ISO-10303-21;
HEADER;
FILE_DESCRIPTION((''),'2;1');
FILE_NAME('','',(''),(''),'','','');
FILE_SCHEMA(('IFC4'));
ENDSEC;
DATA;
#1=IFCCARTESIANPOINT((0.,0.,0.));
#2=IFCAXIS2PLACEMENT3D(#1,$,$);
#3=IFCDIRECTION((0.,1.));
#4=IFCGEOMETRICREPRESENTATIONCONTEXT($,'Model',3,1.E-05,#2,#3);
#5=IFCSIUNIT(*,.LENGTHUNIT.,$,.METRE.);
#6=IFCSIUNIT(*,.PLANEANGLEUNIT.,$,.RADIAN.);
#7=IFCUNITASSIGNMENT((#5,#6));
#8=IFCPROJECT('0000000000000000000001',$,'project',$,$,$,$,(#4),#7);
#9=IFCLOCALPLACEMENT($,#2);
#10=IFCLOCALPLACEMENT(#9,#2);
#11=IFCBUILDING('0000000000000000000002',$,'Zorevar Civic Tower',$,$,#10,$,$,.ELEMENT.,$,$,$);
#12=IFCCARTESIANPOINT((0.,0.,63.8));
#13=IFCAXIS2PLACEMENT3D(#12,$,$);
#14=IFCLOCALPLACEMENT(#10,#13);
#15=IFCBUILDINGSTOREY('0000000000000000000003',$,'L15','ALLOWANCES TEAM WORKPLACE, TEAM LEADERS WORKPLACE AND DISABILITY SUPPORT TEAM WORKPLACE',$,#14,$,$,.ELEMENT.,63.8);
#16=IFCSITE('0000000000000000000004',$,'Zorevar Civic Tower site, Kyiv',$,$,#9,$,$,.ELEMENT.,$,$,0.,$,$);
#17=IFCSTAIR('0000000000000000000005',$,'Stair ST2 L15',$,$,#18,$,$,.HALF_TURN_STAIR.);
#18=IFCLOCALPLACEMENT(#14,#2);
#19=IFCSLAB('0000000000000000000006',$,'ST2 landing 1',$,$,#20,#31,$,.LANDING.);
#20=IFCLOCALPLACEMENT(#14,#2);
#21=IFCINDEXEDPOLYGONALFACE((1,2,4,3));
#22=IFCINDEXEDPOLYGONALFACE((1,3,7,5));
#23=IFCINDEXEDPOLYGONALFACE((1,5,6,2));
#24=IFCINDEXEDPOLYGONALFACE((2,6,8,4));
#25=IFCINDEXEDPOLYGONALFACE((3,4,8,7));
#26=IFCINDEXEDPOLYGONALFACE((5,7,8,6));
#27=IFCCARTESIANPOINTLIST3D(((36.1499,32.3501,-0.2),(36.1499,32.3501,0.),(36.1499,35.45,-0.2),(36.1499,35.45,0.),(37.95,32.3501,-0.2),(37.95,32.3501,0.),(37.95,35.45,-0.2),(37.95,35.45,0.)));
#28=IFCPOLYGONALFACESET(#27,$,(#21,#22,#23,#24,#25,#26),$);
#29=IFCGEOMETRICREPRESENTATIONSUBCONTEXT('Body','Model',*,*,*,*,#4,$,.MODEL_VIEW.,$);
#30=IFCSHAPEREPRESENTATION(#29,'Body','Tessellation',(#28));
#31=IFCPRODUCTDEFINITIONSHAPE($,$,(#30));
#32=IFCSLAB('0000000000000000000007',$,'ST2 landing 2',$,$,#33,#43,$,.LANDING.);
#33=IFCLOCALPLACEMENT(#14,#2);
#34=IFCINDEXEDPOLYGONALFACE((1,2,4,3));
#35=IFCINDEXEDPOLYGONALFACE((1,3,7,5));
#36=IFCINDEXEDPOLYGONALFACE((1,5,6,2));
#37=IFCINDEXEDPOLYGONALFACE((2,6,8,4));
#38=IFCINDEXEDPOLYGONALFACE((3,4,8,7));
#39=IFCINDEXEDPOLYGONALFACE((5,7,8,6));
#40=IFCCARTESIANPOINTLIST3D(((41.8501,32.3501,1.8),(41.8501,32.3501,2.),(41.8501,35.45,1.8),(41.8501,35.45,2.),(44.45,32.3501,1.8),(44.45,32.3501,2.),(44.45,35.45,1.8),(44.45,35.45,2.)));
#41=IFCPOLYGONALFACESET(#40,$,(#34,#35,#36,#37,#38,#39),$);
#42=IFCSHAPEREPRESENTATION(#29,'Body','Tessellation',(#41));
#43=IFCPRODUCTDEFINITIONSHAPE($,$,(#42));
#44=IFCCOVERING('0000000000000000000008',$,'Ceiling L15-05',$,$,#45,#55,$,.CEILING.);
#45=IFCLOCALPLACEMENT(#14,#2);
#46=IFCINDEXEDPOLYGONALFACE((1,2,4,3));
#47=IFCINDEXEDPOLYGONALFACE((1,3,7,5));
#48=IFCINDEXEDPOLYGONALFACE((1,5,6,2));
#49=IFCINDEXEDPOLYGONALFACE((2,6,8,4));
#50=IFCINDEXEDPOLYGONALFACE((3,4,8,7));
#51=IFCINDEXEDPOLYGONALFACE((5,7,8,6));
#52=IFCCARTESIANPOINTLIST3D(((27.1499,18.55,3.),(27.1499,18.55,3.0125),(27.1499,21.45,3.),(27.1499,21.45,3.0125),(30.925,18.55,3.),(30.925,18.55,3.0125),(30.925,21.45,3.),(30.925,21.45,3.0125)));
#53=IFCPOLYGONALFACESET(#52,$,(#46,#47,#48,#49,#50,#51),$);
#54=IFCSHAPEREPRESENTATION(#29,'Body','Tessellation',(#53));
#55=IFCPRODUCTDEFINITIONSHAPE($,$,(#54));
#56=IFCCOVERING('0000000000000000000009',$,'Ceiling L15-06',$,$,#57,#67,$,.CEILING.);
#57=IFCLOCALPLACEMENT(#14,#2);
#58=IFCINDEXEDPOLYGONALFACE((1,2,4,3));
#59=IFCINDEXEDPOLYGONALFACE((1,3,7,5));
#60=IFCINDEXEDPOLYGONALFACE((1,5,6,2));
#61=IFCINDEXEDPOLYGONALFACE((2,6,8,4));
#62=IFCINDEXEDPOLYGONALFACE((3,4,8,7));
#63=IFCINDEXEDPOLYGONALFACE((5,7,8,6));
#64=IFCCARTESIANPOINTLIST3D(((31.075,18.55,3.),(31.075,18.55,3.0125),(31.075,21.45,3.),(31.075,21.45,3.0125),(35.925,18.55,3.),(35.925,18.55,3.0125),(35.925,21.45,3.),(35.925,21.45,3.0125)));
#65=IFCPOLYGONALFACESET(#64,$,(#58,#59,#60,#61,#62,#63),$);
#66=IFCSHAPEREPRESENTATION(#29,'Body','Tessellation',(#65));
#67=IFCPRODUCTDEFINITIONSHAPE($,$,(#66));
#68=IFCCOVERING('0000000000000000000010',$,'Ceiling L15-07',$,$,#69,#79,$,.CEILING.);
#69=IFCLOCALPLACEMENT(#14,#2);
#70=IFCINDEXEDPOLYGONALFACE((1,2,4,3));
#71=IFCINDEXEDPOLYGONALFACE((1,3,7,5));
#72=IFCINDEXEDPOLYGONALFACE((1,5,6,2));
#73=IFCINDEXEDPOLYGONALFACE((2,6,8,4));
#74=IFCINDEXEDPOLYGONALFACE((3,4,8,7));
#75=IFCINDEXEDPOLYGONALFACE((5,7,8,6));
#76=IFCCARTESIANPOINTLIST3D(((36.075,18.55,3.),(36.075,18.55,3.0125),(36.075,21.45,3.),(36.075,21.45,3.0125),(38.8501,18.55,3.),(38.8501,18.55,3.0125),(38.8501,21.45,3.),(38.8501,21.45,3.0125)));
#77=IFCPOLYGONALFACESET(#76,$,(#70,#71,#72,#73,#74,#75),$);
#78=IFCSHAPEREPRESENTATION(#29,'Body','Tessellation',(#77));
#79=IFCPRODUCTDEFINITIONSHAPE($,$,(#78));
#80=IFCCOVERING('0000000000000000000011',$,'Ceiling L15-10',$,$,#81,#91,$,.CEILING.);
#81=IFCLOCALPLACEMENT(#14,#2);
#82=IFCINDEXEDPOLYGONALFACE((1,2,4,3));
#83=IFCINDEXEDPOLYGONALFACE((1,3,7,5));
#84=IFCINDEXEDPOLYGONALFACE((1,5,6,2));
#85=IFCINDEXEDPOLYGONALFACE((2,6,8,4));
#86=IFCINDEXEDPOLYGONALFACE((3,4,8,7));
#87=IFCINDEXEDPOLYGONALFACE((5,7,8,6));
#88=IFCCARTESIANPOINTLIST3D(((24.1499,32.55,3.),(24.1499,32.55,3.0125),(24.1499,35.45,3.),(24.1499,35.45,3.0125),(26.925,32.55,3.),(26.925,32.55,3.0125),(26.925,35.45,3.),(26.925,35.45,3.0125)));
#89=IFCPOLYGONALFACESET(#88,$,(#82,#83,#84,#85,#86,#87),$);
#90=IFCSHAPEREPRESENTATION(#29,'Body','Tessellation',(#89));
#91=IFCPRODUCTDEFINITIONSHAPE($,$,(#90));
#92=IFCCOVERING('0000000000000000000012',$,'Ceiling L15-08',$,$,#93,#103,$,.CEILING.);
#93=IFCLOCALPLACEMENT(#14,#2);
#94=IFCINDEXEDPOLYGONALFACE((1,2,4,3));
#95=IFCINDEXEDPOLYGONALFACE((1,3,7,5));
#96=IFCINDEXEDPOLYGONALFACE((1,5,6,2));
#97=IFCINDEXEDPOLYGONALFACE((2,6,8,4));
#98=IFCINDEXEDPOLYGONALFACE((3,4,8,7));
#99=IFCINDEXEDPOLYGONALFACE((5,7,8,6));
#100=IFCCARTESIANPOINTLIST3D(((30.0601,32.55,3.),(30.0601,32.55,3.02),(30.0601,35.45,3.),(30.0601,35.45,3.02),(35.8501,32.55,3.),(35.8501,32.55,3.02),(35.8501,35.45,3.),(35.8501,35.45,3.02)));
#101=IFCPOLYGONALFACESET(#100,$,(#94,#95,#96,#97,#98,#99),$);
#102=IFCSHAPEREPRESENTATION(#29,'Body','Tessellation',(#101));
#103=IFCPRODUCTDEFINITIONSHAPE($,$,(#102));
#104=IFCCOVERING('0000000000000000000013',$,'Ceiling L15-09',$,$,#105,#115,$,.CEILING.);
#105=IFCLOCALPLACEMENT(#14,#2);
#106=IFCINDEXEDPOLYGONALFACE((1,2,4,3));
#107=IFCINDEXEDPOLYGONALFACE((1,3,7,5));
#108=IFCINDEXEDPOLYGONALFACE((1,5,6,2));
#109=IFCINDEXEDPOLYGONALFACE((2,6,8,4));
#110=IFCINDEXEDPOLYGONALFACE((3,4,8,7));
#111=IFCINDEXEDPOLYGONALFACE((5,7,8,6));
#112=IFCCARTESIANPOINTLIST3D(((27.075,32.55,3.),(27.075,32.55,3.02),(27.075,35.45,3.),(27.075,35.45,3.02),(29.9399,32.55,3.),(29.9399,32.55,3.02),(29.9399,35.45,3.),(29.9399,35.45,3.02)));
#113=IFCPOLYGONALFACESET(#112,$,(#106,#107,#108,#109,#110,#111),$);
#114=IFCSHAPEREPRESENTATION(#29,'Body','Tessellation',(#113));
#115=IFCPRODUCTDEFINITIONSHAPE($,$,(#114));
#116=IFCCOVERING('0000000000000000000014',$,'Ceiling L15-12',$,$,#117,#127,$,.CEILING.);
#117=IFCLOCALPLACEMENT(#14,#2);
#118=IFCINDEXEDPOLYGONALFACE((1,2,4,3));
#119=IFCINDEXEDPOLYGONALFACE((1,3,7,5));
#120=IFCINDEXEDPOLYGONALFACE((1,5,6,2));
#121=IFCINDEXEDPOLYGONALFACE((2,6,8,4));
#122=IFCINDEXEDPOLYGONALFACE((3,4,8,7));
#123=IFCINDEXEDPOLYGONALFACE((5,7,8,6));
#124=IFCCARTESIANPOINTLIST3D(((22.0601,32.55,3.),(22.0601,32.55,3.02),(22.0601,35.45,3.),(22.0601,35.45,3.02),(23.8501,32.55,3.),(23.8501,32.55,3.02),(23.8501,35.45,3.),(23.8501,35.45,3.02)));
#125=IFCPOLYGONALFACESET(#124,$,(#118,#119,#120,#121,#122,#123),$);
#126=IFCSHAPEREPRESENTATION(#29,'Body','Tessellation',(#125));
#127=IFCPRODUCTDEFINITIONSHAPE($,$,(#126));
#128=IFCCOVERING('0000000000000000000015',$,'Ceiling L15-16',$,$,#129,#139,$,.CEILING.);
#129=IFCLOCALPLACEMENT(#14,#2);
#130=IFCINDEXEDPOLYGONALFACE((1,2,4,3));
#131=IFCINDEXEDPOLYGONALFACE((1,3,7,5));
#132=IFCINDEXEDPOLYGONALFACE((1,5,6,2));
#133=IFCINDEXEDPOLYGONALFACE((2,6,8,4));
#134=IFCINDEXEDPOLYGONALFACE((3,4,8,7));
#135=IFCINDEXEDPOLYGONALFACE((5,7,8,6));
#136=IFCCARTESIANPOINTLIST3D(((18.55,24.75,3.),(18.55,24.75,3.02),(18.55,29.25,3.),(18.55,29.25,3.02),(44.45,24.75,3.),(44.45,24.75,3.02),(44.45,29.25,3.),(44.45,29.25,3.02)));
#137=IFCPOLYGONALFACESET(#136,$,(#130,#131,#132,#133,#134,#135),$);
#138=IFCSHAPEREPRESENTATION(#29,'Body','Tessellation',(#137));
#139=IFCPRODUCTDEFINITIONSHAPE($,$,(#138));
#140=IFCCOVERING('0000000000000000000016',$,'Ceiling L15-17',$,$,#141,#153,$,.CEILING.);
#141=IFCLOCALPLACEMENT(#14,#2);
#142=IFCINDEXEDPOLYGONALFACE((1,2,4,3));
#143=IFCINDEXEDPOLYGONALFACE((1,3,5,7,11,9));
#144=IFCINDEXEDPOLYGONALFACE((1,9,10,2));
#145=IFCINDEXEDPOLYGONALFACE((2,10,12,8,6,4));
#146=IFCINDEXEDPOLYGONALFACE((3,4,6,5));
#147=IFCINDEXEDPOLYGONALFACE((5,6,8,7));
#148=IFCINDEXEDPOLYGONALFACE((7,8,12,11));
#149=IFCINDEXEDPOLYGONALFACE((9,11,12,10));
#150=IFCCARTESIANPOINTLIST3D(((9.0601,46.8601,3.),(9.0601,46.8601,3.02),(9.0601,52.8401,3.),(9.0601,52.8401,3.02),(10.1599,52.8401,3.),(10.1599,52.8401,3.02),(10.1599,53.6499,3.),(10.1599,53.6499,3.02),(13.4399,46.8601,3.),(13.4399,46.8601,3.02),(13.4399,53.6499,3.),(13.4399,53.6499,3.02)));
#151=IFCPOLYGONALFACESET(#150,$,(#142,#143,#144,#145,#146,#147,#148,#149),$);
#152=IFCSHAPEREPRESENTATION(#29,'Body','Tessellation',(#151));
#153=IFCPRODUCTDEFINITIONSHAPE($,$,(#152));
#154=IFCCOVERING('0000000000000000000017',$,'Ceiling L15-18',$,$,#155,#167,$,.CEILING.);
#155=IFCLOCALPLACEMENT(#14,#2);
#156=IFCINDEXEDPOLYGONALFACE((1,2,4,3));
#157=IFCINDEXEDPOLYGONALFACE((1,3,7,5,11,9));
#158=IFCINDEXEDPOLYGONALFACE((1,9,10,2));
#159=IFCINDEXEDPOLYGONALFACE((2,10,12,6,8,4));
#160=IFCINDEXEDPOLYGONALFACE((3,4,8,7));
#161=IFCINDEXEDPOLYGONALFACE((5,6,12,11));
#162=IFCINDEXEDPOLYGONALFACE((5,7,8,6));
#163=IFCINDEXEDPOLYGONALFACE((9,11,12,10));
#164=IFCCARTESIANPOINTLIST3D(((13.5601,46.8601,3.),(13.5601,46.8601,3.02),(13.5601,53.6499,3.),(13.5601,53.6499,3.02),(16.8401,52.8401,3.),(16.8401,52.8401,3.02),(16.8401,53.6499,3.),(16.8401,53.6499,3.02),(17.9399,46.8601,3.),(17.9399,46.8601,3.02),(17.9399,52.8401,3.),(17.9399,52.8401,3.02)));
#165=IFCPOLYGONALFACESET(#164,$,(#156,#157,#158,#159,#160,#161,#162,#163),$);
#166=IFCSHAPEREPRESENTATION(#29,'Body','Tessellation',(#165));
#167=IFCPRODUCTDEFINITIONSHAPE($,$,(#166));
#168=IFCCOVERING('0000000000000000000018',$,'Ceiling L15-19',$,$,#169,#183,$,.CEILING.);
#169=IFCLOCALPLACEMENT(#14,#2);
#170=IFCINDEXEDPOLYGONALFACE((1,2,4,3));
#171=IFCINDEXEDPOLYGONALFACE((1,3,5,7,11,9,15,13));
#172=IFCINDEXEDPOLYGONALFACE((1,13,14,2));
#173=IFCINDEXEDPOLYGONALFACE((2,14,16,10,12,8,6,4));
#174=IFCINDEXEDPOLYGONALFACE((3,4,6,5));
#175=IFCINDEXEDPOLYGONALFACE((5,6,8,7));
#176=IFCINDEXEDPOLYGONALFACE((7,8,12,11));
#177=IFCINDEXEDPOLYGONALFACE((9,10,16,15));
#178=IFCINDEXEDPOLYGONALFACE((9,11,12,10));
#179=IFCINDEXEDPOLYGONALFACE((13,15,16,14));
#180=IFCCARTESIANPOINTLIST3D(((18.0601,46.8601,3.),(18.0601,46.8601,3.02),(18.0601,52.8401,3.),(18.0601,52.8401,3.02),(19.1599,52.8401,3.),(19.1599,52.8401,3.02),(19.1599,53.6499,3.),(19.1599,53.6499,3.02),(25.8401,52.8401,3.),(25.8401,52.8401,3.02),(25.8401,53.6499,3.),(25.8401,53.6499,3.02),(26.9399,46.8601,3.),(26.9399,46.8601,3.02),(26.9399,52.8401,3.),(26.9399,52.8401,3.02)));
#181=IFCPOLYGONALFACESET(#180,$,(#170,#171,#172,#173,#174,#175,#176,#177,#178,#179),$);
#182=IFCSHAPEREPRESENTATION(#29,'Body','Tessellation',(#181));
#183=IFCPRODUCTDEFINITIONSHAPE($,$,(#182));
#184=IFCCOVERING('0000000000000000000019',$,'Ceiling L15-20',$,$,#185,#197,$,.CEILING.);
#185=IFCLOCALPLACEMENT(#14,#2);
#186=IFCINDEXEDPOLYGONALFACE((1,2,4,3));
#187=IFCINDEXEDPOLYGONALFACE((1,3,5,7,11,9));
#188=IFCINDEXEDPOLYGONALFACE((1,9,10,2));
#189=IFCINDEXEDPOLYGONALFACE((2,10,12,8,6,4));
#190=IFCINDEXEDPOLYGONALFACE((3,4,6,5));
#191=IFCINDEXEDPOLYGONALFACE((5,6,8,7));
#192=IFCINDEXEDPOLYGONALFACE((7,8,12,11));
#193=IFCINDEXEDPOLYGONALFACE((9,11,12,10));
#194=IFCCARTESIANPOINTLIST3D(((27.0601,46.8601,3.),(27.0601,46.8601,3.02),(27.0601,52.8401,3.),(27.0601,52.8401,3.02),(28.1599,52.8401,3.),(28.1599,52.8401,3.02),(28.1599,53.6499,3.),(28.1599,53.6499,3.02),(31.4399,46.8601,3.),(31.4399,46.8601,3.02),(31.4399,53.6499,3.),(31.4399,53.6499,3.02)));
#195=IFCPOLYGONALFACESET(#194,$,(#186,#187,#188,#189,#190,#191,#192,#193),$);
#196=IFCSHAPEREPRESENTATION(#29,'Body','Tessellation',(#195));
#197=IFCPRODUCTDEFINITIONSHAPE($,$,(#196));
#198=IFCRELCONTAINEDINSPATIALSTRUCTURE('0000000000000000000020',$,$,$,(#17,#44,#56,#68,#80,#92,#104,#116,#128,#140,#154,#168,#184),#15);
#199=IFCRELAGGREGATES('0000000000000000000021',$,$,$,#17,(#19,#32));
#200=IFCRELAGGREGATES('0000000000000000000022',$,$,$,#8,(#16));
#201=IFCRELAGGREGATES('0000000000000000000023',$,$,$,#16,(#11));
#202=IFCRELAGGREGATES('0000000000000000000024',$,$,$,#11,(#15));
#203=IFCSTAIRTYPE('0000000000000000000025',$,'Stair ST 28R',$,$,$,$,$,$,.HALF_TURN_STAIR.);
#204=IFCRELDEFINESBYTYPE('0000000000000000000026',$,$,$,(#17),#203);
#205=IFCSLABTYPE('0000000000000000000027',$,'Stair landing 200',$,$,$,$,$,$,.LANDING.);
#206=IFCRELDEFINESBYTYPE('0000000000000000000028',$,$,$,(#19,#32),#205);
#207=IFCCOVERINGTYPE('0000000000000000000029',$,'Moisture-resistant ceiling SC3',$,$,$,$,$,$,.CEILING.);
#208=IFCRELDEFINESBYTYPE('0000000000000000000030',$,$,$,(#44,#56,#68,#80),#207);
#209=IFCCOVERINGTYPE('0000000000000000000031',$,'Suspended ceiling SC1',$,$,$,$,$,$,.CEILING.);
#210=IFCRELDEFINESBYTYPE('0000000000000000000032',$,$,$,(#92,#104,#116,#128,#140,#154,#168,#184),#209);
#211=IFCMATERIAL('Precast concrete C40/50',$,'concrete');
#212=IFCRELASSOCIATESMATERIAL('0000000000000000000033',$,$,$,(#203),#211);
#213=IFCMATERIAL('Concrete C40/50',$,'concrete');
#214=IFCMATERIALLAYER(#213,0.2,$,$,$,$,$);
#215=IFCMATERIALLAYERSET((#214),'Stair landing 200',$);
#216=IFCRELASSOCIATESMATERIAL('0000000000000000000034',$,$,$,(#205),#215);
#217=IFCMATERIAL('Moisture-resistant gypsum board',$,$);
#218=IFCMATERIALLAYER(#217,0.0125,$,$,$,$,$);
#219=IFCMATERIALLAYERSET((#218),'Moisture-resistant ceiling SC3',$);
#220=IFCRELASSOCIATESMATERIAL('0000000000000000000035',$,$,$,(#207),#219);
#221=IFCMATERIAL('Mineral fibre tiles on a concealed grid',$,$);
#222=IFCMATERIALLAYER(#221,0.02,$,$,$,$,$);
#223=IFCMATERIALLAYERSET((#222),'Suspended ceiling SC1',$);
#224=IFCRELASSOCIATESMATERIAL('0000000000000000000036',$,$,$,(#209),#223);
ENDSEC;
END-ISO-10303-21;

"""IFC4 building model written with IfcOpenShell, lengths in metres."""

from ifc_helpers import new_model, si_unit, direction, frame, origin, place, context, subcontext, project, spatial, polyline, outline, extrude, material, layer, layer_set, type_object, element, aggregate, save


model = new_model("IFC4")

# Units and contexts
model_context = context("Model", 3, precision=1e-05, world=origin(), true_north=direction((0.0, 1.0)))
body_context = subcontext(model_context, "Body", "Model", "MODEL_VIEW")
ifc_project = project(units=[si_unit("LENGTHUNIT", "METRE"), si_unit("PLANEANGLEUNIT", "RADIAN")], contexts=[model_context])

# Site, building, storey
site_placement = place(None, origin())
site = spatial("IfcSite", under=ifc_project, at=site_placement, Name="Zorevar Civic Tower site, Kyiv", CompositionType="ELEMENT", RefElevation=0.0)
building_placement = place(site_placement, origin())
building = spatial("IfcBuilding", under=site, at=building_placement, Name="Zorevar Civic Tower", CompositionType="ELEMENT")
storey_placement = place(building_placement, frame((0.0, 0.0, 63.8)))
storey = spatial("IfcBuildingStorey", under=building, at=storey_placement, Name="L15", Description="ALLOWANCES TEAM WORKPLACE, TEAM LEADERS WORKPLACE AND DISABILITY SUPPORT TEAM WORKPLACE", CompositionType="ELEMENT", Elevation=63.8)

# Stair, slabs
ifc_material_1 = material(Name="Precast concrete C40/50", Category="concrete")
stair_type = type_object("IfcStairType", Name="Stair ST 28R", PredefinedType="HALF_TURN_STAIR", material=ifc_material_1)
ifc_material_2 = material(Name="Concrete C40/50", Category="concrete")
ifc_layer_1 = layer(ifc_material_2, 0.2)
ifc_layer_set_1 = layer_set([ifc_layer_1], Name="Stair landing 200")
slab_type_1 = type_object("IfcSlabType", Name="Stair landing 200", PredefinedType="LANDING", material=ifc_layer_set_1)
stair_1_placement = place(storey_placement, origin())
stair_1 = element("IfcStair", 1, at=stair_1_placement, inside=storey, type_object=stair_type, Name="Stair ST2 L15", PredefinedType="HALF_TURN_STAIR")
slab_1_placement = place(storey_placement, frame((0.0, 0.0, -0.2)))
slab_1 = element("IfcSlab", 2, at=slab_1_placement, type_object=slab_type_1, Name="ST2 landing 1", PredefinedType="LANDING", context=body_context, shape_type="SweptSolid", body=[
    extrude(outline(polyline([(37.95, 32.3501), (36.1499, 32.3501), (36.1499, 35.45), (37.95, 35.45), (37.95, 32.3501)])), origin(), (0.0, 0.0, 1.0), 0.2),
])
slab_2_placement = place(storey_placement, frame((0.0, 0.0, 1.8)))
slab_2 = element("IfcSlab", 3, at=slab_2_placement, type_object=slab_type_1, Name="ST2 landing 2", PredefinedType="LANDING", context=body_context, shape_type="SweptSolid", body=[
    extrude(outline(polyline([(44.45, 32.3501), (41.8501, 32.3501), (41.8501, 35.45), (44.45, 35.45), (44.45, 32.3501)])), origin(), (0.0, 0.0, 1.0), 0.2),
])
aggregate(stair_1, [slab_1, slab_2])

# Coverings
ifc_material_3 = material(Name="Moisture-resistant gypsum board")
ifc_layer_2 = layer(ifc_material_3, 0.0125)
ifc_layer_set_2 = layer_set([ifc_layer_2], Name="Moisture-resistant ceiling SC3")
covering_type_1 = type_object("IfcCoveringType", Name="Moisture-resistant ceiling SC3", PredefinedType="CEILING", material=ifc_layer_set_2)
covering_1_placement = place(storey_placement, frame((0.0, 0.0, 3.0)))
element("IfcCovering", 4, at=covering_1_placement, inside=storey, type_object=covering_type_1, Name="Ceiling L15-05", PredefinedType="CEILING", context=body_context, shape_type="SweptSolid", body=[
    extrude(outline(polyline([(30.925, 18.55), (30.925, 21.45), (27.1499, 21.45), (27.1499, 18.55), (30.925, 18.55)])), origin(), (0.0, 0.0, 1.0), 0.0125),
])
covering_2_placement = place(storey_placement, frame((0.0, 0.0, 3.0)))
element("IfcCovering", 5, at=covering_2_placement, inside=storey, type_object=covering_type_1, Name="Ceiling L15-06", PredefinedType="CEILING", context=body_context, shape_type="SweptSolid", body=[
    extrude(outline(polyline([(35.925, 18.55), (35.925, 21.45), (31.075, 21.45), (31.075, 18.55), (35.925, 18.55)])), origin(), (0.0, 0.0, 1.0), 0.0125),
])
covering_3_placement = place(storey_placement, frame((0.0, 0.0, 3.0)))
element("IfcCovering", 6, at=covering_3_placement, inside=storey, type_object=covering_type_1, Name="Ceiling L15-07", PredefinedType="CEILING", context=body_context, shape_type="SweptSolid", body=[
    extrude(outline(polyline([(38.8501, 18.55), (38.8501, 21.45), (36.075, 21.45), (36.075, 18.55), (38.8501, 18.55)])), origin(), (0.0, 0.0, 1.0), 0.0125),
])
covering_4_placement = place(storey_placement, frame((0.0, 0.0, 3.0)))
element("IfcCovering", 7, at=covering_4_placement, inside=storey, type_object=covering_type_1, Name="Ceiling L15-10", PredefinedType="CEILING", context=body_context, shape_type="SweptSolid", body=[
    extrude(outline(polyline([(26.925, 32.55), (26.925, 35.45), (24.1499, 35.45), (24.1499, 32.55), (26.925, 32.55)])), origin(), (0.0, 0.0, 1.0), 0.0125),
])
ifc_material_4 = material(Name="Mineral fibre tiles on a concealed grid")
ifc_layer_3 = layer(ifc_material_4, 0.02)
ifc_layer_set_3 = layer_set([ifc_layer_3], Name="Suspended ceiling SC1")
covering_type_2 = type_object("IfcCoveringType", Name="Suspended ceiling SC1", PredefinedType="CEILING", material=ifc_layer_set_3)
covering_5_placement = place(storey_placement, frame((0.0, 0.0, 3.0)))
element("IfcCovering", 8, at=covering_5_placement, inside=storey, type_object=covering_type_2, Name="Ceiling L15-08", PredefinedType="CEILING", context=body_context, shape_type="SweptSolid", body=[
    extrude(outline(polyline([(35.8501, 32.55), (35.8501, 35.45), (30.0601, 35.45), (30.0601, 32.55), (35.8501, 32.55)])), origin(), (0.0, 0.0, 1.0), 0.02),
])
covering_6_placement = place(storey_placement, frame((0.0, 0.0, 3.0)))
element("IfcCovering", 9, at=covering_6_placement, inside=storey, type_object=covering_type_2, Name="Ceiling L15-09", PredefinedType="CEILING", context=body_context, shape_type="SweptSolid", body=[
    extrude(outline(polyline([(29.9399, 32.55), (29.9399, 35.45), (27.075, 35.45), (27.075, 32.55), (29.9399, 32.55)])), origin(), (0.0, 0.0, 1.0), 0.02),
])
covering_7_placement = place(storey_placement, frame((0.0, 0.0, 3.0)))
element("IfcCovering", 10, at=covering_7_placement, inside=storey, type_object=covering_type_2, Name="Ceiling L15-12", PredefinedType="CEILING", context=body_context, shape_type="SweptSolid", body=[
    extrude(outline(polyline([(23.8501, 32.55), (23.8501, 35.45), (22.0601, 35.45), (22.0601, 32.55), (23.8501, 32.55)])), origin(), (0.0, 0.0, 1.0), 0.02),
])
covering_8_placement = place(storey_placement, frame((0.0, 0.0, 3.0)))
element("IfcCovering", 11, at=covering_8_placement, inside=storey, type_object=covering_type_2, Name="Ceiling L15-16", PredefinedType="CEILING", context=body_context, shape_type="SweptSolid", body=[
    extrude(outline(polyline([(44.45, 24.75), (44.45, 29.25), (18.55, 29.25), (18.55, 24.75), (44.45, 24.75)])), origin(), (0.0, 0.0, 1.0), 0.02),
])
covering_9_placement = place(storey_placement, frame((0.0, 0.0, 3.0)))
element("IfcCovering", 12, at=covering_9_placement, inside=storey, type_object=covering_type_2, Name="Ceiling L15-17", PredefinedType="CEILING", context=body_context, shape_type="SweptSolid", body=[
    extrude(outline(polyline([(9.0601, 46.8601), (9.0601, 52.8401), (10.1599, 52.8401), (10.1599, 53.6499), (13.4399, 53.6499), (13.4399, 46.8601), (9.0601, 46.8601)])), origin(), (0.0, 0.0, 1.0), 0.02),
])
covering_10_placement = place(storey_placement, frame((0.0, 0.0, 3.0)))
element("IfcCovering", 13, at=covering_10_placement, inside=storey, type_object=covering_type_2, Name="Ceiling L15-18", PredefinedType="CEILING", context=body_context, shape_type="SweptSolid", body=[
    extrude(outline(polyline([(13.5601, 46.8601), (13.5601, 53.6499), (16.8401, 53.6499), (16.8401, 52.8401), (17.9399, 52.8401), (17.9399, 46.8601), (13.5601, 46.8601)])), origin(), (0.0, 0.0, 1.0), 0.02),
])
covering_11_placement = place(storey_placement, frame((0.0, 0.0, 3.0)))
element("IfcCovering", 14, at=covering_11_placement, inside=storey, type_object=covering_type_2, Name="Ceiling L15-19", PredefinedType="CEILING", context=body_context, shape_type="SweptSolid", body=[
    extrude(outline(polyline([(19.1599, 52.8401), (19.1599, 53.6499), (25.8401, 53.6499), (25.8401, 52.8401), (26.9399, 52.8401), (26.9399, 46.8601), (18.0601, 46.8601), (18.0601, 52.8401), (19.1599, 52.8401)])), origin(), (0.0, 0.0, 1.0), 0.02),
])
covering_12_placement = place(storey_placement, frame((0.0, 0.0, 3.0)))
element("IfcCovering", 15, at=covering_12_placement, inside=storey, type_object=covering_type_2, Name="Ceiling L15-20", PredefinedType="CEILING", context=body_context, shape_type="SweptSolid", body=[
    extrude(outline(polyline([(27.0601, 46.8601), (27.0601, 52.8401), (28.1599, 52.8401), (28.1599, 53.6499), (31.4399, 53.6499), (31.4399, 46.8601), (27.0601, 46.8601)])), origin(), (0.0, 0.0, 1.0), 0.02),
])

save(model, "model.ifc")
